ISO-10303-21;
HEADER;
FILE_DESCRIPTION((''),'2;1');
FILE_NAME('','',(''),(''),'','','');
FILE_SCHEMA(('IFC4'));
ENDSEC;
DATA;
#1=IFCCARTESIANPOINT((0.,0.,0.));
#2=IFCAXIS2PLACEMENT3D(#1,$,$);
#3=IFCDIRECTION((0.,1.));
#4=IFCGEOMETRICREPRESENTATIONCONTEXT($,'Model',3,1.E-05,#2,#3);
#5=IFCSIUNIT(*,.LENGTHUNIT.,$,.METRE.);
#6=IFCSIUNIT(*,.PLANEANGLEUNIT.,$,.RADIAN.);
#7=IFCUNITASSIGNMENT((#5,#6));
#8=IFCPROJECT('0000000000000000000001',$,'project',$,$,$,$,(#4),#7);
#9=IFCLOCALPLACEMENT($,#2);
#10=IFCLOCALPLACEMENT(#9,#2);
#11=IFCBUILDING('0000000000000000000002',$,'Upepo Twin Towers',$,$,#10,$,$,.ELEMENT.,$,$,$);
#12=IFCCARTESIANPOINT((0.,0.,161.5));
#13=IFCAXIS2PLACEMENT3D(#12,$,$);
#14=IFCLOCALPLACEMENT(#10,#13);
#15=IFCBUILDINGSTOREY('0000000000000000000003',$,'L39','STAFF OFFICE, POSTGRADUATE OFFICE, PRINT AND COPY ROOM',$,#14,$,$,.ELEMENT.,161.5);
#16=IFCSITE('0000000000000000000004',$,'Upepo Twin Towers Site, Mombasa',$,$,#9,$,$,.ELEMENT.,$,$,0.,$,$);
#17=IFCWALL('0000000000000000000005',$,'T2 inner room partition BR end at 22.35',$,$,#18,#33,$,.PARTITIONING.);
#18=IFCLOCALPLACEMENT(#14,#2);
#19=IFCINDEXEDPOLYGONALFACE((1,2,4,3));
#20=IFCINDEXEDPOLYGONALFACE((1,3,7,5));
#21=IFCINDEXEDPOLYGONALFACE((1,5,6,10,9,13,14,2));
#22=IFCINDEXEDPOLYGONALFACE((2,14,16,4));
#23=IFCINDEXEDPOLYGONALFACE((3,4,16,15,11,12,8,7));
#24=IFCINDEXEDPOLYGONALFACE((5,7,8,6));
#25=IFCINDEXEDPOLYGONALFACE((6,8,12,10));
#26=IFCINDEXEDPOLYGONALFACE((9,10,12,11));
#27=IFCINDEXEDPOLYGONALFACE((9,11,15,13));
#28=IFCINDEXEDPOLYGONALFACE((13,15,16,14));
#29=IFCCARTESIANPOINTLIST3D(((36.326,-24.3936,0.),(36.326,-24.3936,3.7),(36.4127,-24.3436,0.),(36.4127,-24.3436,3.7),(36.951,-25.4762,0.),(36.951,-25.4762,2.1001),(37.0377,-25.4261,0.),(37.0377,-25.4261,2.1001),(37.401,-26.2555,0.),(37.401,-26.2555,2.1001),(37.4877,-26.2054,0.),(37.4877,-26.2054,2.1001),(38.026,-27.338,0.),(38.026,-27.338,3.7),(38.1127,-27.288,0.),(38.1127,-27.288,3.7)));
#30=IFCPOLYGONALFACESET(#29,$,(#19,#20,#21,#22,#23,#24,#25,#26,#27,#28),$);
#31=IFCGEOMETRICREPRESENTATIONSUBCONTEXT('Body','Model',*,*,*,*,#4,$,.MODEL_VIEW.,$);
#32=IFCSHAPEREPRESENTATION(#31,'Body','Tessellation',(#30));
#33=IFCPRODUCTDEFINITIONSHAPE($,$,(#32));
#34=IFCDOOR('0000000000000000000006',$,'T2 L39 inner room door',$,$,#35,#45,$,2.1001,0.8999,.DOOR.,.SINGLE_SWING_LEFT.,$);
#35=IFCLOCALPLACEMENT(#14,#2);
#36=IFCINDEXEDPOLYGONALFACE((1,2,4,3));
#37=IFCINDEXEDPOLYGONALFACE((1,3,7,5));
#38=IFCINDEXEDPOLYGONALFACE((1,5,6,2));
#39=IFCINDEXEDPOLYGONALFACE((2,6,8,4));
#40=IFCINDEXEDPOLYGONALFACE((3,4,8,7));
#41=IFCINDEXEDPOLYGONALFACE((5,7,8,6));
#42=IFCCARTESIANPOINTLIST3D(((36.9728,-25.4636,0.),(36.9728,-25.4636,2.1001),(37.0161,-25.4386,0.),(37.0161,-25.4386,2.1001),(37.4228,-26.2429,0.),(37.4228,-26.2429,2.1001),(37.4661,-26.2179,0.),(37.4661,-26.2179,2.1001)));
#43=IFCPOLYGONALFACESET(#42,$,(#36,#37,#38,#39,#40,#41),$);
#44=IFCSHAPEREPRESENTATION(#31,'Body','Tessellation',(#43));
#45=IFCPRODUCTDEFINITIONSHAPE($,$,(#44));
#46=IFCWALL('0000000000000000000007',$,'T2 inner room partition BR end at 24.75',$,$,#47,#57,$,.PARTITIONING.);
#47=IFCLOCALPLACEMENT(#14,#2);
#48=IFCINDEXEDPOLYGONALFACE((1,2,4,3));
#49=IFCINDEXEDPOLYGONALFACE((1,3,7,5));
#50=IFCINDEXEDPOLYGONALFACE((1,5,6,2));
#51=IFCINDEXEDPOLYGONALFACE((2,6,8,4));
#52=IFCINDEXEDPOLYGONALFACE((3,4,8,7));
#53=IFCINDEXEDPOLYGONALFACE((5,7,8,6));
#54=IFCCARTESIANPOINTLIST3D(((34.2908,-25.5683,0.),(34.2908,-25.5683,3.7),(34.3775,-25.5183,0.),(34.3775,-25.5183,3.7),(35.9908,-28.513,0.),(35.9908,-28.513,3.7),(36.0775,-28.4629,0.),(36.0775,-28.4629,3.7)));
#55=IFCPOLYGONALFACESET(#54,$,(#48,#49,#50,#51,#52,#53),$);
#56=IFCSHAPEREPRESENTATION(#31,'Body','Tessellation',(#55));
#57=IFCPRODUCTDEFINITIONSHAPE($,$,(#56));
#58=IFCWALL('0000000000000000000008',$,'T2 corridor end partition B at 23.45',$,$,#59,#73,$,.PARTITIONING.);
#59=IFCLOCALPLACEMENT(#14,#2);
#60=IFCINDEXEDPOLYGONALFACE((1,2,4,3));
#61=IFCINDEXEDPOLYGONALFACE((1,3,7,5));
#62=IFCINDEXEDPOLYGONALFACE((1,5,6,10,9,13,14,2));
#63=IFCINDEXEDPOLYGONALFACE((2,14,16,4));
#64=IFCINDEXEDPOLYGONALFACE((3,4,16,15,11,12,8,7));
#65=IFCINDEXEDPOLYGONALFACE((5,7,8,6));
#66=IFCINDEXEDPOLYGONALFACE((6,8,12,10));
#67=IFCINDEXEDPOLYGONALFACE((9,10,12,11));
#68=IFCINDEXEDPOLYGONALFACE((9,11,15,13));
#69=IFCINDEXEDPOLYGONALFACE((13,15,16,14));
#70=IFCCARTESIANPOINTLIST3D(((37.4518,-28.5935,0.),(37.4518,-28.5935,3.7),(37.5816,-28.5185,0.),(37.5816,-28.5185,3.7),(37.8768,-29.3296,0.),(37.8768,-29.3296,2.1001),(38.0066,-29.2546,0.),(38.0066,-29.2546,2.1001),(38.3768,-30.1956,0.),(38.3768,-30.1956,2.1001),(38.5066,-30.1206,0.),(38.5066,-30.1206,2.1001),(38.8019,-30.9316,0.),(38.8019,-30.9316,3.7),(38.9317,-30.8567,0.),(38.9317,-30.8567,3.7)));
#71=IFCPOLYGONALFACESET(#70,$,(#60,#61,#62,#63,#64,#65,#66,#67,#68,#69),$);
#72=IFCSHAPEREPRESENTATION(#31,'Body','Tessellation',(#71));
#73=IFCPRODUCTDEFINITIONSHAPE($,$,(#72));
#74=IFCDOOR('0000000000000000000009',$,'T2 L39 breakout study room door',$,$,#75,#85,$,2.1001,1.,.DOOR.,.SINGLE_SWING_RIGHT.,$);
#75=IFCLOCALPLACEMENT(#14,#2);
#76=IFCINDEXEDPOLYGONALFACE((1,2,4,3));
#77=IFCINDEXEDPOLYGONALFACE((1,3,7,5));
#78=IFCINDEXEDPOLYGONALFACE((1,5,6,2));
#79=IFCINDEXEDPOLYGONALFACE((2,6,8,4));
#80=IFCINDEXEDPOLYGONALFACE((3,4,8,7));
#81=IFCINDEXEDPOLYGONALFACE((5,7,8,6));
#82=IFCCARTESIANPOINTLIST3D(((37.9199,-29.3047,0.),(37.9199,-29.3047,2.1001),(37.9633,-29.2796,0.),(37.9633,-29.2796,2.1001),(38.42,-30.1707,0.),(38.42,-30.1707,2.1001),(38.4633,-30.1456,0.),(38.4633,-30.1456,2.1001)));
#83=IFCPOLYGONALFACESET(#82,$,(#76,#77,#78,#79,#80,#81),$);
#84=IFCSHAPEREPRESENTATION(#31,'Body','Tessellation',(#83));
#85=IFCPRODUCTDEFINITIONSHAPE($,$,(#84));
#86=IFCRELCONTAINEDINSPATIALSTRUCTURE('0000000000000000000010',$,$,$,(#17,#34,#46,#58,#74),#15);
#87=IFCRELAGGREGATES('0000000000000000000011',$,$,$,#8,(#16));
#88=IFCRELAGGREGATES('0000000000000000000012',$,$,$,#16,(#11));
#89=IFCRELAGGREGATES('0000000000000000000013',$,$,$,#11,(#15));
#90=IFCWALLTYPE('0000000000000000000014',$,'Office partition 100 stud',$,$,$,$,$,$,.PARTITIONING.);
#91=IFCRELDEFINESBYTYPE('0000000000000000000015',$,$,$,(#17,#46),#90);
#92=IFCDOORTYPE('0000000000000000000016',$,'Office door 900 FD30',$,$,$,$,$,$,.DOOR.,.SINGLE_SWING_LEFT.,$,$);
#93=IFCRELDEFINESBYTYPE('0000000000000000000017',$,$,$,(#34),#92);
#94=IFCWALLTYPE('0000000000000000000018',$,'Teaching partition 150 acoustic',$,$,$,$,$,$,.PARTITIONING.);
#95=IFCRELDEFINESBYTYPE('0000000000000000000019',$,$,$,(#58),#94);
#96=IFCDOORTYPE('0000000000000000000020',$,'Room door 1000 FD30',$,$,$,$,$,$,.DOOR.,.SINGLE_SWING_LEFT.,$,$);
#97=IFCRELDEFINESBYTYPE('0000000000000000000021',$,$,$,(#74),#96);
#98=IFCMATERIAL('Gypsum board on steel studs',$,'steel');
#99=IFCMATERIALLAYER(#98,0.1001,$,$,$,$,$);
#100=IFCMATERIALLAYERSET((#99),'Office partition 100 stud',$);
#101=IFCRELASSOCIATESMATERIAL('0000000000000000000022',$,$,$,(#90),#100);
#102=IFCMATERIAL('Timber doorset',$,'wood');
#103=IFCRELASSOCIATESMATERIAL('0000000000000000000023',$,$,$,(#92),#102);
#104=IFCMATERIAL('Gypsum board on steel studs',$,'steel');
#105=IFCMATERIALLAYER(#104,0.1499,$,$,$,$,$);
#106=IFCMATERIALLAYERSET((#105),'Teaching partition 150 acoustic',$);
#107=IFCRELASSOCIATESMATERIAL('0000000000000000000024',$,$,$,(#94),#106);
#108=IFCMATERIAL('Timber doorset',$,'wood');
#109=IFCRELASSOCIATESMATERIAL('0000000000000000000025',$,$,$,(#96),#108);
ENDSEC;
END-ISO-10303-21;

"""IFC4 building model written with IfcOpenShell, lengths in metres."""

from ifc_helpers import new_model, si_unit, direction, frame, frame_2d, origin, place, context, subcontext, project, spatial, rectangle, extrude, material, layer, layer_set, type_object, element, fill, save


model = new_model("IFC4")

# Units and contexts
model_context = context("Model", 3, precision=1e-05, world=origin(), true_north=direction((0.0, 1.0)))
body_context = subcontext(model_context, "Body", "Model", "MODEL_VIEW")
ifc_project = project(units=[si_unit("LENGTHUNIT", "METRE"), si_unit("PLANEANGLEUNIT", "RADIAN")], contexts=[model_context])

# Site, building, storey
site_placement = place(None, origin())
site = spatial("IfcSite", under=ifc_project, at=site_placement, Name="Upepo Twin Towers Site, Mombasa", CompositionType="ELEMENT", RefElevation=0.0)
building_placement = place(site_placement, origin())
building = spatial("IfcBuilding", under=site, at=building_placement, Name="Upepo Twin Towers", CompositionType="ELEMENT")
storey_placement = place(building_placement, frame((0.0, 0.0, 161.5)))
storey = spatial("IfcBuildingStorey", under=building, at=storey_placement, Name="L39", Description="STAFF OFFICE, POSTGRADUATE OFFICE, PRINT AND COPY ROOM", CompositionType="ELEMENT", Elevation=161.5)

# Shared definitions
ifc_material_1 = material(Name="Gypsum board on steel studs", Category="steel")
ifc_layer_1 = layer(ifc_material_1, 0.1001)
ifc_layer_set_1 = layer_set([ifc_layer_1], Name="Office partition 100 stud")
wall_type_1 = type_object("IfcWallType", Name="Office partition 100 stud", PredefinedType="PARTITIONING", material=ifc_layer_set_1)
ifc_material_2 = material(Name="Timber doorset", Category="wood")
door_type_1 = type_object("IfcDoorType", Name="Office door 900 FD30", OperationType="SINGLE_SWING_LEFT", PredefinedType="DOOR", material=ifc_material_2)

# Wall, opening, door
wall_1_placement = place(storey_placement, frame((38.0693, -27.313, 0.0), z_axis=(0.0, 0.0, 1.0), x_axis=(-0.500008, 0.866021, 0.0)))
wall_1 = element("IfcWall", 1, at=wall_1_placement, inside=storey, type_object=wall_type_1, Name="T2 inner room partition BR end at 22.35", PredefinedType="PARTITIONING", context=body_context, shape_type="SweptSolid", body=[
    extrude(rectangle(XDim=3.3999, YDim=0.1001, at=frame_2d((1.7, 0.0))), origin(), (0.0, 0.0, 1.0), 3.7),
])
opening_1_placement = place(wall_1_placement, frame((1.25, 0.0, 0.0)))
opening_1 = element("IfcOpeningElement", 2, at=opening_1_placement, cuts=wall_1, PredefinedType="OPENING", context=body_context, shape_type="SweptSolid", body=[
    extrude(rectangle(XDim=0.8999, YDim=2.1001, at=frame_2d((0.45, 1.05))), frame((0.0, 0.0601, 0.0), z_axis=(0.0, -1.0, 0.0), x_axis=(1.0, 0.0, 0.0)), (0.0, 0.0, 1.0), 0.1201),
])
door_1_placement = place(opening_1_placement, origin())
door_1 = element("IfcDoor", 3, at=door_1_placement, inside=storey, type_object=door_type_1, Name="T2 L39 inner room door", OperationType="SINGLE_SWING_LEFT", OverallHeight=2.1001, OverallWidth=0.8999, PredefinedType="DOOR", context=body_context, shape_type="SweptSolid", body=[
    extrude(rectangle(XDim=0.8999, YDim=2.1001, at=frame_2d((0.45, 1.05))), frame((0.0, 0.0249, 0.0), z_axis=(0.0, -1.0, 0.0), x_axis=(1.0, 0.0, 0.0)), (0.0, 0.0, 1.0), 0.05),
])
fill(opening_1, door_1)

# Wall
wall_2_placement = place(storey_placement, frame((36.0342, -28.488, 0.0), z_axis=(0.0, 0.0, 1.0), x_axis=(-0.499977, 0.866039, 0.0)))
element("IfcWall", 4, at=wall_2_placement, inside=storey, type_object=wall_type_1, Name="T2 inner room partition BR end at 24.75", PredefinedType="PARTITIONING", context=body_context, shape_type="SweptSolid", body=[
    extrude(rectangle(XDim=3.4001, YDim=0.1001, at=frame_2d((1.7002, 0.0))), origin(), (0.0, 0.0, 1.0), 3.7),
])

# Wall, opening, door
ifc_material_3 = material(Name="Gypsum board on steel studs", Category="steel")
ifc_layer_2 = layer(ifc_material_3, 0.1499)
ifc_layer_set_2 = layer_set([ifc_layer_2], Name="Teaching partition 150 acoustic")
wall_type_2 = type_object("IfcWallType", Name="Teaching partition 150 acoustic", PredefinedType="PARTITIONING", material=ifc_layer_set_2)
wall_3_placement = place(storey_placement, frame((37.5166, -28.5559, 0.0), z_axis=(0.0, 0.0, 1.0), x_axis=(0.500049, -0.865997, 0.0)))
wall_3 = element("IfcWall", 5, at=wall_3_placement, inside=storey, type_object=wall_type_2, Name="T2 corridor end partition B at 23.45", PredefinedType="PARTITIONING", context=body_context, shape_type="SweptSolid", body=[
    extrude(rectangle(XDim=2.7, YDim=0.1499, at=frame_2d((1.3501, 0.0))), origin(), (0.0, 0.0, 1.0), 3.7),
])
opening_2_placement = place(wall_3_placement, frame((0.8501, 0.0, 0.0)))
opening_2 = element("IfcOpeningElement", 6, at=opening_2_placement, cuts=wall_3, PredefinedType="OPENING", context=body_context, shape_type="SweptSolid", body=[
    extrude(rectangle(XDim=1.0, YDim=2.1001, at=frame_2d((0.5, 1.05))), frame((0.0, 0.085, 0.0), z_axis=(0.0, -1.0, 0.0), x_axis=(1.0, 0.0, 0.0)), (0.0, 0.0, 1.0), 0.1699),
])
ifc_material_4 = material(Name="Timber doorset", Category="wood")
door_type_2 = type_object("IfcDoorType", Name="Room door 1000 FD30", OperationType="SINGLE_SWING_LEFT", PredefinedType="DOOR", material=ifc_material_4)
door_2_placement = place(opening_2_placement, origin())
door_2 = element("IfcDoor", 7, at=door_2_placement, inside=storey, type_object=door_type_2, Name="T2 L39 breakout study room door", OperationType="SINGLE_SWING_RIGHT", OverallHeight=2.1001, OverallWidth=1.0, PredefinedType="DOOR", context=body_context, shape_type="SweptSolid", body=[
    extrude(rectangle(XDim=1.0, YDim=2.1001, at=frame_2d((0.5, 1.05))), frame((0.0, 0.0249, 0.0), z_axis=(0.0, -1.0, 0.0), x_axis=(1.0, 0.0, 0.0)), (0.0, 0.0, 1.0), 0.05),
])
fill(opening_2, door_2)

save(model, "model.ifc")
